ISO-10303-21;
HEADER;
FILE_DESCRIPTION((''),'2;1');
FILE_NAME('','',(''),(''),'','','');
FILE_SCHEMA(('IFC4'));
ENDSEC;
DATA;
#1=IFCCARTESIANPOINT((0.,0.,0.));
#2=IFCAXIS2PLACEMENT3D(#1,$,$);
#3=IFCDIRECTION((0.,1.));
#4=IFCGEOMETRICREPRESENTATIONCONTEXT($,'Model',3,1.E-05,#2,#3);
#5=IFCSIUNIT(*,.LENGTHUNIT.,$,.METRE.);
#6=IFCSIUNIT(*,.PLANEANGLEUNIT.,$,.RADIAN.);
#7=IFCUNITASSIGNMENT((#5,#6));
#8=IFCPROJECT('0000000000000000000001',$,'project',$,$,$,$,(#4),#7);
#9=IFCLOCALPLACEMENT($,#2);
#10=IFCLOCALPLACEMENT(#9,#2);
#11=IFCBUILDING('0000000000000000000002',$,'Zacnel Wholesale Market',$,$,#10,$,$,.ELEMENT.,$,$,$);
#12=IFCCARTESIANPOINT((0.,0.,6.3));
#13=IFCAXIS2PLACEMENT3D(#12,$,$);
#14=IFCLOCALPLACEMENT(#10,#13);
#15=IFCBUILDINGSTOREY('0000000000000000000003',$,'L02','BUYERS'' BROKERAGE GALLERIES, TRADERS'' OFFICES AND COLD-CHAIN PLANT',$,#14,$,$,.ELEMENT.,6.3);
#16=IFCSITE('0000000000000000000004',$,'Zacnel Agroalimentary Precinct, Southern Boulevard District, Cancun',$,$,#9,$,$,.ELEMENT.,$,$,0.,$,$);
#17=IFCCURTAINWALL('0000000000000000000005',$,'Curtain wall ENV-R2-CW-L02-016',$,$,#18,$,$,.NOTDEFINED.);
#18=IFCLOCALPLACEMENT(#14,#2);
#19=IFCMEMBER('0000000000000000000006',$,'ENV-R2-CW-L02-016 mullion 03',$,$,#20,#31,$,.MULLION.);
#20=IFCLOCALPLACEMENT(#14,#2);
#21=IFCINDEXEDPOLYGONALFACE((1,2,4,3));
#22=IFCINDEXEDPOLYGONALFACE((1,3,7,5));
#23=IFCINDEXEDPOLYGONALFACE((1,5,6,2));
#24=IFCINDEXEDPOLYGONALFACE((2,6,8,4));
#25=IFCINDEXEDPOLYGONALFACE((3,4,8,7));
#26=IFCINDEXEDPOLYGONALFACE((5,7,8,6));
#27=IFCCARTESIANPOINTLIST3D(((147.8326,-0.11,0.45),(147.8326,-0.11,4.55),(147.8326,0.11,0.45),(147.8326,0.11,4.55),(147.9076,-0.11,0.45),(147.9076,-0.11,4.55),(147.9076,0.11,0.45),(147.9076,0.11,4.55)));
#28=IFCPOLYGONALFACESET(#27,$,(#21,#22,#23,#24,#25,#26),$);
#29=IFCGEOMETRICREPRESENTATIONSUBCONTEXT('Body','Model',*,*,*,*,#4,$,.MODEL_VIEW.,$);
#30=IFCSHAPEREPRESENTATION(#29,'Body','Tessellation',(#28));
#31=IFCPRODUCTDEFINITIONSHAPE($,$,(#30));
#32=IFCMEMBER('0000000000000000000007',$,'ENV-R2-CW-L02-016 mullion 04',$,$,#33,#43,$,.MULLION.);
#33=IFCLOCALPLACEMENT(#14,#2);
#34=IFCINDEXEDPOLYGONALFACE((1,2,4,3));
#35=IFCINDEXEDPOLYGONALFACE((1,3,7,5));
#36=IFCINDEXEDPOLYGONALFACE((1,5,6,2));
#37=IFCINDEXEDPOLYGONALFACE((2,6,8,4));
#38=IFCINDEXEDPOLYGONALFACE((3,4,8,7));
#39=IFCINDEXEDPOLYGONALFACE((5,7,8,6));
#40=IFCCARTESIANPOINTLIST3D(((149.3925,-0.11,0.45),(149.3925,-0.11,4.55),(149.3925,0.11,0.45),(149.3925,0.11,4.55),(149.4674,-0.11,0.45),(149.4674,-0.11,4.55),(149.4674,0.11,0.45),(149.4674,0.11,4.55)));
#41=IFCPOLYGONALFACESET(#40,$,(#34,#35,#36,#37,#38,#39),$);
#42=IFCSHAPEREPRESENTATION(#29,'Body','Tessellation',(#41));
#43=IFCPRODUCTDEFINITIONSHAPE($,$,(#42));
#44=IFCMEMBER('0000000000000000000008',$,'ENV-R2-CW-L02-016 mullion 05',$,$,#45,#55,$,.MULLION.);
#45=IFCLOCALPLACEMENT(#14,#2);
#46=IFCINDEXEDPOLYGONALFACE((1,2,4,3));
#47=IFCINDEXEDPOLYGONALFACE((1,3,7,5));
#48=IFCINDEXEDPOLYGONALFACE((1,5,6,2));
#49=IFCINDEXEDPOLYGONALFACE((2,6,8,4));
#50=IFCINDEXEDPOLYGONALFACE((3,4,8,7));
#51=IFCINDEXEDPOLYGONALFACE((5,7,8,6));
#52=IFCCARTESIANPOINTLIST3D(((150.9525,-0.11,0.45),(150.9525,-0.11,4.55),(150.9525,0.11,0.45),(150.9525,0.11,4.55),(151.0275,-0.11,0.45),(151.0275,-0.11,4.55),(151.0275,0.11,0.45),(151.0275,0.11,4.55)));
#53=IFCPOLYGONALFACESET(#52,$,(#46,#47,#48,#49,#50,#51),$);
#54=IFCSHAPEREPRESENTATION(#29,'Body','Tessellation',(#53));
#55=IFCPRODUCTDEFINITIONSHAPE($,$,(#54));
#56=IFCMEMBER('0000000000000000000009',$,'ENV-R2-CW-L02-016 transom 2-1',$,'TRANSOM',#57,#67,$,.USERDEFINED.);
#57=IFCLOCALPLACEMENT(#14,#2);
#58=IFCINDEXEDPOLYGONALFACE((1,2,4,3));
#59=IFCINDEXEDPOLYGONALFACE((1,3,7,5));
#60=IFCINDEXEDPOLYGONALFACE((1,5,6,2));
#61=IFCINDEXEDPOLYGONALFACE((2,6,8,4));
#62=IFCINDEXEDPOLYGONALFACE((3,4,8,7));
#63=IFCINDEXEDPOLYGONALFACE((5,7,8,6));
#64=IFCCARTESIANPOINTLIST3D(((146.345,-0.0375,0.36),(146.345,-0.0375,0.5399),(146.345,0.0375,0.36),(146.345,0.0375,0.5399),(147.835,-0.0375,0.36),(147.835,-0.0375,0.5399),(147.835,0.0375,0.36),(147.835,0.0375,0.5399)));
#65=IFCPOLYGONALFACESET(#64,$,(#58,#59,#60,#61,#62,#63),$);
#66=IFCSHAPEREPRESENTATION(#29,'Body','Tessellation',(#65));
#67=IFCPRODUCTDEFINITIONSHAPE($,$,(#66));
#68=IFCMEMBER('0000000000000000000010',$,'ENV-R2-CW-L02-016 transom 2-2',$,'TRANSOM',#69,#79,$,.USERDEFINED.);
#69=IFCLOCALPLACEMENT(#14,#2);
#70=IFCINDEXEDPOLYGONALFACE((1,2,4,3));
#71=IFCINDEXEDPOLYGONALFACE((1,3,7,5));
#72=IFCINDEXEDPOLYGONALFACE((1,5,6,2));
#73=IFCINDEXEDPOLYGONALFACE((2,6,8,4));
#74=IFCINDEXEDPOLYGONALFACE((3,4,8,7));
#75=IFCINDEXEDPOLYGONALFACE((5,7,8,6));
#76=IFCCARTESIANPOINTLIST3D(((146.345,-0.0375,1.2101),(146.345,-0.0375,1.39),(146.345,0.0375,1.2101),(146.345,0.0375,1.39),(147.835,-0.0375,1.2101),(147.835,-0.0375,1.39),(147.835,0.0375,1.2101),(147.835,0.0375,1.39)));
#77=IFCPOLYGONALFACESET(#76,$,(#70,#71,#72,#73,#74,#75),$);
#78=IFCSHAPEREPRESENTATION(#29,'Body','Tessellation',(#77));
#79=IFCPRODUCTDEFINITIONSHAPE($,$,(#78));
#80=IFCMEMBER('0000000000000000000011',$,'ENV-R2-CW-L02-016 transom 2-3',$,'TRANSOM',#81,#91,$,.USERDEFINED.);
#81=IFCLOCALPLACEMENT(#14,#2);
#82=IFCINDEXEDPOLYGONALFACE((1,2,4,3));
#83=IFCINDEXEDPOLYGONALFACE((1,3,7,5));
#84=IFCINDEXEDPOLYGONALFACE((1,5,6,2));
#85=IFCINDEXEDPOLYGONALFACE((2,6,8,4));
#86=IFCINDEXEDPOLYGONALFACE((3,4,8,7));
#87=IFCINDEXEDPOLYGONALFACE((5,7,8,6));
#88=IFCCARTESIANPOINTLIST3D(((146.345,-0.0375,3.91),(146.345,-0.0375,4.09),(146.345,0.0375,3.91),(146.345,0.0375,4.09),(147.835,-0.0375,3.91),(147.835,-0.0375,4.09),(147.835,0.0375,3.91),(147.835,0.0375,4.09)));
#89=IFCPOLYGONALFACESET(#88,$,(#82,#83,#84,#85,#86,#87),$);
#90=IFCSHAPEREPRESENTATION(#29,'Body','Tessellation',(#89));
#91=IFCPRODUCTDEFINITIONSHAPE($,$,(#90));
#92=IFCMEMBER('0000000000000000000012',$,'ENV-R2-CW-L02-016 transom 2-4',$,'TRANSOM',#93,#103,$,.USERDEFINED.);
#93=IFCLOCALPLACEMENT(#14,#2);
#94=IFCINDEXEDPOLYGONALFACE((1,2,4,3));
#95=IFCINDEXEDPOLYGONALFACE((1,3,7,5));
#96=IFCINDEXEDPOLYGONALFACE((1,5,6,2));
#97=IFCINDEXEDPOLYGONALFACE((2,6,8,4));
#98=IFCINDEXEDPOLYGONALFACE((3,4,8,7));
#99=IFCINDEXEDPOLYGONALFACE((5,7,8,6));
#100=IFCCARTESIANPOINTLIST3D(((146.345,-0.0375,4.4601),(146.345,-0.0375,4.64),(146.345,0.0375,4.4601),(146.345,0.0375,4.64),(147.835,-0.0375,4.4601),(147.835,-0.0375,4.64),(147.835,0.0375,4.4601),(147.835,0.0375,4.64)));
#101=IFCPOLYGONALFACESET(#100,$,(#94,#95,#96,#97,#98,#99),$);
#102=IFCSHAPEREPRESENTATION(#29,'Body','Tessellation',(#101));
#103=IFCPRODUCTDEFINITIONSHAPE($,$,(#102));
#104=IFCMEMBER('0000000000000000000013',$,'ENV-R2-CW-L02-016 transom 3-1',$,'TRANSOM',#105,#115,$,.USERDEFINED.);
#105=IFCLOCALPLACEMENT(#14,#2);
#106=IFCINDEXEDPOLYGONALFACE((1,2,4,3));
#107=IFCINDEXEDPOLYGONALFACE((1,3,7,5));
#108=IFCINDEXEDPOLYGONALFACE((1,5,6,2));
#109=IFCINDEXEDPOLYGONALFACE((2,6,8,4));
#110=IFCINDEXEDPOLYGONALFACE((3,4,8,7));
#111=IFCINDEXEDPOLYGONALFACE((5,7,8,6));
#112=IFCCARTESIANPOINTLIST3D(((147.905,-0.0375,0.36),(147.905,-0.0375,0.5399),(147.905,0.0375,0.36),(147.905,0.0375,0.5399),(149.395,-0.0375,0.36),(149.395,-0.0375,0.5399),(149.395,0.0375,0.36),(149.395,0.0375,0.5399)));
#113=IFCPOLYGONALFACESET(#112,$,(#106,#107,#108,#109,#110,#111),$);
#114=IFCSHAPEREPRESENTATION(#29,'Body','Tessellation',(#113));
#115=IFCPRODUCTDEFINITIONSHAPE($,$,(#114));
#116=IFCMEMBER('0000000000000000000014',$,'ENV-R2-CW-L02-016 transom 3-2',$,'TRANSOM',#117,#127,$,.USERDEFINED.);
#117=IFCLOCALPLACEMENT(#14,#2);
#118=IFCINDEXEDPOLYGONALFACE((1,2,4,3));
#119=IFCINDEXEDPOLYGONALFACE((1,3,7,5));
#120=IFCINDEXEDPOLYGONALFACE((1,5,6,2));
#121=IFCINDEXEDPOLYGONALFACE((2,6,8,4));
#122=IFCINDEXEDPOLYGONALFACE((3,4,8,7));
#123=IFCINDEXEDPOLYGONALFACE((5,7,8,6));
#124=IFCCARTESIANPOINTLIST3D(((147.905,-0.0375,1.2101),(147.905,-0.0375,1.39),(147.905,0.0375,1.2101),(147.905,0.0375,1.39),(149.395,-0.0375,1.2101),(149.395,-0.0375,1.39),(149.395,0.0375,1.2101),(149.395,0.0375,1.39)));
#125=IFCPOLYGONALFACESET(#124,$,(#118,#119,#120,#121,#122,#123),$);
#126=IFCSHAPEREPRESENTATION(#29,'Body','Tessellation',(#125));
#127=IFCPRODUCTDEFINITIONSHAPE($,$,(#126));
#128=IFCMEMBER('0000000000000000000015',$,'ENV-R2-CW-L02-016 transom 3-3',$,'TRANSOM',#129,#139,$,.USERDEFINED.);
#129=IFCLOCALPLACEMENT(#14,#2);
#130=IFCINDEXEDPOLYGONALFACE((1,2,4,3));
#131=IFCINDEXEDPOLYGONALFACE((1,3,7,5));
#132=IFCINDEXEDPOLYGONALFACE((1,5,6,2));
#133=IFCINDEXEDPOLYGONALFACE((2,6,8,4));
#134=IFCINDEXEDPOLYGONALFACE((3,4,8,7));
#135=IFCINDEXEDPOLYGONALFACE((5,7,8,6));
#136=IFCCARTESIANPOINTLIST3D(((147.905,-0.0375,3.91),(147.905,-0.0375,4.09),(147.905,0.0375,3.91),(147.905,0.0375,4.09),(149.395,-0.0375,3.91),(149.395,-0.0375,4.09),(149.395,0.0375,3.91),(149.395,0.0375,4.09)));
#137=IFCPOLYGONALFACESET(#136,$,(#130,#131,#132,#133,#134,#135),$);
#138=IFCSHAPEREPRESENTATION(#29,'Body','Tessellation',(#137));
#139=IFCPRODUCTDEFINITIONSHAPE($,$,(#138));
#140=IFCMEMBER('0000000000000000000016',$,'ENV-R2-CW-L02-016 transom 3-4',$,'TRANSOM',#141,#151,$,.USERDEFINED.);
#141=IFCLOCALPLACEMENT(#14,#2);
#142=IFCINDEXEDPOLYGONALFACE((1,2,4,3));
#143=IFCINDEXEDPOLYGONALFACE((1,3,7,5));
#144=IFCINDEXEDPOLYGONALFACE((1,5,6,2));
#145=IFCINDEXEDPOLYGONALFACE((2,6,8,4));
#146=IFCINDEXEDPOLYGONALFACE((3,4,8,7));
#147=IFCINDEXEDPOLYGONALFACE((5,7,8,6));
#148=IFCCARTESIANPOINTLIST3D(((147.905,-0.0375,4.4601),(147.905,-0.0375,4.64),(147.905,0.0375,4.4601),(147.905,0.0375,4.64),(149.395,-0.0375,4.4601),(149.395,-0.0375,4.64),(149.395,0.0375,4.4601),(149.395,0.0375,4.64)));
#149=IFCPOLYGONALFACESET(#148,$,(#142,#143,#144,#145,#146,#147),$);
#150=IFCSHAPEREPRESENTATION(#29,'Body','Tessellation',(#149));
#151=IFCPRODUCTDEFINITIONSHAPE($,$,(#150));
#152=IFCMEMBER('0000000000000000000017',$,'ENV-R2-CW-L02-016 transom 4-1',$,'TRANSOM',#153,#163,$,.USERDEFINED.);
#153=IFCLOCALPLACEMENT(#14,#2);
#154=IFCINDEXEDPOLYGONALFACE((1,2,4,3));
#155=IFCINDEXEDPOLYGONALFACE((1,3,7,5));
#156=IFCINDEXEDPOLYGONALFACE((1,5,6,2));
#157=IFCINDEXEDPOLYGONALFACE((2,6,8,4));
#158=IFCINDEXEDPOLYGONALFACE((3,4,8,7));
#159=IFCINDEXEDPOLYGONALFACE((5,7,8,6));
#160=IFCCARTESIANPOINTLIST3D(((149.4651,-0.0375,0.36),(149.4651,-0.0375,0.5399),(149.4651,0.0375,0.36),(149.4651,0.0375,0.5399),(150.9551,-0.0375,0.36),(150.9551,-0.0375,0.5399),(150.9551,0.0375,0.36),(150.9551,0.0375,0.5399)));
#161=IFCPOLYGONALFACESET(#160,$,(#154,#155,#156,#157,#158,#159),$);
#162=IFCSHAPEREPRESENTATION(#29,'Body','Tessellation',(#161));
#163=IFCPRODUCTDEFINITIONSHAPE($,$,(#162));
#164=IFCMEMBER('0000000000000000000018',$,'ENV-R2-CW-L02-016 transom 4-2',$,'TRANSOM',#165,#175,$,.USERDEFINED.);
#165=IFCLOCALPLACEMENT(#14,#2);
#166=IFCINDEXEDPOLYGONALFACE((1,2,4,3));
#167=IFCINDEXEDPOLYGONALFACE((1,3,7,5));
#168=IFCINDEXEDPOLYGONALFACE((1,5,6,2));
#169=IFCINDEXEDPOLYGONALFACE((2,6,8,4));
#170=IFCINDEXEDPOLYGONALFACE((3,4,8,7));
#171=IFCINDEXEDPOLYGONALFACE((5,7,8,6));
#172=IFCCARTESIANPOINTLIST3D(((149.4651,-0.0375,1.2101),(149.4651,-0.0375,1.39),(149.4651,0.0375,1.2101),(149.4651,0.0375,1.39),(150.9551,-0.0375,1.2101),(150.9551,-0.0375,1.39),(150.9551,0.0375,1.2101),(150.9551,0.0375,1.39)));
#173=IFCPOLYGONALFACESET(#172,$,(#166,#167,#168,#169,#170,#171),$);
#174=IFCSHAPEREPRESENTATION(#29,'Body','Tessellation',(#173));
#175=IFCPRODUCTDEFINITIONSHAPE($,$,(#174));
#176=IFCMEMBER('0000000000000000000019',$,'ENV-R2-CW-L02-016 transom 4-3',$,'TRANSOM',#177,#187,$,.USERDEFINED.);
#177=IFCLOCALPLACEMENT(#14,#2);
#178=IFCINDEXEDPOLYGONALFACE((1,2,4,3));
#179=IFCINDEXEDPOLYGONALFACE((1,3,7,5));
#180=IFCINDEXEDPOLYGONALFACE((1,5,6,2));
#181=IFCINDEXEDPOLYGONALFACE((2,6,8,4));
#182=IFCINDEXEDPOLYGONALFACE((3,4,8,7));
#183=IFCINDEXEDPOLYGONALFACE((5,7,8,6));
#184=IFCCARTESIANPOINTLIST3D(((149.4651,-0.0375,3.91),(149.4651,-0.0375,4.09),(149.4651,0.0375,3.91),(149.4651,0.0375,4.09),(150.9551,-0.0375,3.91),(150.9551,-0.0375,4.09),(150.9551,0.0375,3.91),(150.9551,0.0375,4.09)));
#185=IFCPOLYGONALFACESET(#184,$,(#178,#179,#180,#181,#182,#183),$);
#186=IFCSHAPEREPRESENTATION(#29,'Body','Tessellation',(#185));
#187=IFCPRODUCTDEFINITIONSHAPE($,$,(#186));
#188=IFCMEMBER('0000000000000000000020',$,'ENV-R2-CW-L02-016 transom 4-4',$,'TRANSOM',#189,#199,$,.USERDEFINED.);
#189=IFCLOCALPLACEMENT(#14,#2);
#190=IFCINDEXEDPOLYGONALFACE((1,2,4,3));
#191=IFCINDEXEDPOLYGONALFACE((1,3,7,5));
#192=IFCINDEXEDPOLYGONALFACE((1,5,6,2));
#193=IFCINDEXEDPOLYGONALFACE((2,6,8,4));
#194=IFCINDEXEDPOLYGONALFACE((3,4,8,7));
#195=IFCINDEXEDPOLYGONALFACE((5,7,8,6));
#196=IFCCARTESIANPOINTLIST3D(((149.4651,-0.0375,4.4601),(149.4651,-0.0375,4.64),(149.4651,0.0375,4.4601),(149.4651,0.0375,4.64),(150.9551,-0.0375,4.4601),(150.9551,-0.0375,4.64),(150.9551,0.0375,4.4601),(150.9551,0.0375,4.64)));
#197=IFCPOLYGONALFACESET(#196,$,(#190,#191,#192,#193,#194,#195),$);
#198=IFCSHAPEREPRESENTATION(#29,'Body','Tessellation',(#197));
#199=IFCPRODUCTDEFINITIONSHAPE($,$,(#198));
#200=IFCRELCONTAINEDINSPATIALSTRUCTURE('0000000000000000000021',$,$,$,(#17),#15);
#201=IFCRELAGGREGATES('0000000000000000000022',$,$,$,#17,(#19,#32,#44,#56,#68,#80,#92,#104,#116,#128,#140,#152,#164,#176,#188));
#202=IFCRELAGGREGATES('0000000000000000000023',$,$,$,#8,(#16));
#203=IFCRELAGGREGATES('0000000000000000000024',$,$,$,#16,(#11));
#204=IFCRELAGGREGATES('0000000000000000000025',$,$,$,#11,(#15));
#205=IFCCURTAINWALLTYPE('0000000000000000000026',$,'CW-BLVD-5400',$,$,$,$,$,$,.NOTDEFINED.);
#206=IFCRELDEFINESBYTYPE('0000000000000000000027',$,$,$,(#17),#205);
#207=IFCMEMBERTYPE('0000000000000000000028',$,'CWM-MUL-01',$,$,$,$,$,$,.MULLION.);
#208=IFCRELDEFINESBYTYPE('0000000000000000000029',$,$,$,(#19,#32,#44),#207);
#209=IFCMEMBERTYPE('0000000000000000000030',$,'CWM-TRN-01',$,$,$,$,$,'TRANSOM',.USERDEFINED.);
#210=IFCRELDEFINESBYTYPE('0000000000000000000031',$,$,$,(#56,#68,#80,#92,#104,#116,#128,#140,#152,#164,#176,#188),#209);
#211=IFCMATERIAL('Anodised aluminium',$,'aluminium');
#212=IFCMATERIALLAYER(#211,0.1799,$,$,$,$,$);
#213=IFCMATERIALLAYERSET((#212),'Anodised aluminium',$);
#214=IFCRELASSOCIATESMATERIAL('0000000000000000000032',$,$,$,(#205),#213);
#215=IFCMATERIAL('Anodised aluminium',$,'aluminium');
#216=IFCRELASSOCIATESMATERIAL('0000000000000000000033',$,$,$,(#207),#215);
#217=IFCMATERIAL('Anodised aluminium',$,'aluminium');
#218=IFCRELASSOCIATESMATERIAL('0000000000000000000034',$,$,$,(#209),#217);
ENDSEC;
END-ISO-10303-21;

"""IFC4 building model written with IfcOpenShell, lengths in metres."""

from ifc_helpers import new_model, si_unit, direction, frame, origin, origin_2d, place, context, subcontext, project, spatial, rectangle, extrude, material, layer, layer_set, material_profile, profile_set, type_object, element, aggregate, save


model = new_model("IFC4")

# Units and contexts
model_context = context("Model", 3, precision=1e-05, world=origin(), true_north=direction((0.0, 1.0)))
body_context = subcontext(model_context, "Body", "Model", "MODEL_VIEW")
ifc_project = project(units=[si_unit("LENGTHUNIT", "METRE"), si_unit("PLANEANGLEUNIT", "RADIAN")], contexts=[model_context])

# Site, building, storey
site_placement = place(None, origin())
site = spatial("IfcSite", under=ifc_project, at=site_placement, Name="Zacnel Agroalimentary Precinct, Southern Boulevard District, Cancun", CompositionType="ELEMENT", RefElevation=0.0)
building_placement = place(site_placement, origin())
building = spatial("IfcBuilding", under=site, at=building_placement, Name="Zacnel Wholesale Market", CompositionType="ELEMENT")
storey_placement = place(building_placement, frame((0.0, 0.0, 6.3)))
storey = spatial("IfcBuildingStorey", under=building, at=storey_placement, Name="L02", Description="BUYERS' BROKERAGE GALLERIES, TRADERS' OFFICES AND COLD-CHAIN PLANT", CompositionType="ELEMENT", Elevation=6.3)

# Curtain wall, members
ifc_material_1 = material(Name="Anodised aluminium", Category="aluminium")
ifc_layer_1 = layer(ifc_material_1, 0.1799)
ifc_layer_set_1 = layer_set([ifc_layer_1], Name="Anodised aluminium")
curtain_wall_type = type_object("IfcCurtainWallType", Name="CW-BLVD-5400", PredefinedType="NOTDEFINED", material=ifc_layer_set_1)
curtain_wall_placement = place(storey_placement, origin())
curtain_wall = element("IfcCurtainWall", 1, at=curtain_wall_placement, inside=storey, type_object=curtain_wall_type, Name="Curtain wall ENV-R2-CW-L02-016", PredefinedType="NOTDEFINED")
ifc_material_2 = material(Name="Anodised aluminium", Category="aluminium")
ifc_material_profile_1 = material_profile(ifc_material_2, rectangle(XDim=0.075, YDim=0.22, at=origin_2d()), Name="AW-MULLION 75x220")
ifc_profile_set_1 = profile_set([ifc_material_profile_1], Name="Anodised aluminium")
member_type_1 = type_object("IfcMemberType", Name="CWM-MUL-01", PredefinedType="MULLION", material=ifc_profile_set_1)
member_1_placement = place(storey_placement, frame((147.8701, 0.0, 0.45), z_axis=(0.0, 0.0, 1.0), x_axis=(1.0, 0.0, 0.0)))
member_1 = element("IfcMember", 2, at=member_1_placement, type_object=member_type_1, Name="ENV-R2-CW-L02-016 mullion 03", PredefinedType="MULLION", context=body_context, shape_type="SweptSolid", body=[
    extrude(rectangle(XDim=0.075, YDim=0.22, at=origin_2d()), origin(), (0.0, 0.0, 1.0), 4.1001),
])
member_2_placement = place(storey_placement, frame((149.4299, 0.0, 0.45), z_axis=(0.0, 0.0, 1.0), x_axis=(1.0, 0.0, 0.0)))
member_2 = element("IfcMember", 3, at=member_2_placement, type_object=member_type_1, Name="ENV-R2-CW-L02-016 mullion 04", PredefinedType="MULLION", context=body_context, shape_type="SweptSolid", body=[
    extrude(rectangle(XDim=0.075, YDim=0.22, at=origin_2d()), origin(), (0.0, 0.0, 1.0), 4.1001),
])
member_3_placement = place(storey_placement, frame((150.99, 0.0, 0.45), z_axis=(0.0, 0.0, 1.0), x_axis=(1.0, 0.0, 0.0)))
member_3 = element("IfcMember", 4, at=member_3_placement, type_object=member_type_1, Name="ENV-R2-CW-L02-016 mullion 05", PredefinedType="MULLION", context=body_context, shape_type="SweptSolid", body=[
    extrude(rectangle(XDim=0.075, YDim=0.22, at=origin_2d()), origin(), (0.0, 0.0, 1.0), 4.1001),
])
ifc_material_3 = material(Name="Anodised aluminium", Category="aluminium")
ifc_material_profile_2 = material_profile(ifc_material_3, rectangle(XDim=0.075, YDim=0.1799, at=origin_2d()), Name="AW-TRANSOM 75x180")
ifc_profile_set_2 = profile_set([ifc_material_profile_2], Name="Anodised aluminium")
member_type_2 = type_object("IfcMemberType", Name="CWM-TRN-01", ElementType="TRANSOM", PredefinedType="USERDEFINED", material=ifc_profile_set_2)
member_4_placement = place(storey_placement, frame((146.345, 0.0, 0.45), z_axis=(1.0, 0.0, 0.0), x_axis=(0.0, 1.0, 0.0)))
member_4 = element("IfcMember", 5, at=member_4_placement, type_object=member_type_2, Name="ENV-R2-CW-L02-016 transom 2-1", ObjectType="TRANSOM", PredefinedType="USERDEFINED", context=body_context, shape_type="SweptSolid", body=[
    extrude(rectangle(XDim=0.075, YDim=0.1799, at=origin_2d()), origin(), (0.0, 0.0, 1.0), 1.49),
])
member_5_placement = place(storey_placement, frame((146.345, 0.0, 1.3), z_axis=(1.0, 0.0, 0.0), x_axis=(0.0, 1.0, 0.0)))
member_5 = element("IfcMember", 6, at=member_5_placement, type_object=member_type_2, Name="ENV-R2-CW-L02-016 transom 2-2", ObjectType="TRANSOM", PredefinedType="USERDEFINED", context=body_context, shape_type="SweptSolid", body=[
    extrude(rectangle(XDim=0.075, YDim=0.1799, at=origin_2d()), origin(), (0.0, 0.0, 1.0), 1.49),
])
member_6_placement = place(storey_placement, frame((146.345, 0.0, 4.0), z_axis=(1.0, 0.0, 0.0), x_axis=(0.0, 1.0, 0.0)))
member_6 = element("IfcMember", 7, at=member_6_placement, type_object=member_type_2, Name="ENV-R2-CW-L02-016 transom 2-3", ObjectType="TRANSOM", PredefinedType="USERDEFINED", context=body_context, shape_type="SweptSolid", body=[
    extrude(rectangle(XDim=0.075, YDim=0.1799, at=origin_2d()), origin(), (0.0, 0.0, 1.0), 1.49),
])
member_7_placement = place(storey_placement, frame((146.345, 0.0, 4.55), z_axis=(1.0, 0.0, 0.0), x_axis=(0.0, 1.0, 0.0)))
member_7 = element("IfcMember", 8, at=member_7_placement, type_object=member_type_2, Name="ENV-R2-CW-L02-016 transom 2-4", ObjectType="TRANSOM", PredefinedType="USERDEFINED", context=body_context, shape_type="SweptSolid", body=[
    extrude(rectangle(XDim=0.075, YDim=0.1799, at=origin_2d()), origin(), (0.0, 0.0, 1.0), 1.49),
])
member_8_placement = place(storey_placement, frame((147.905, 0.0, 0.45), z_axis=(1.0, 0.0, 0.0), x_axis=(0.0, 1.0, 0.0)))
member_8 = element("IfcMember", 9, at=member_8_placement, type_object=member_type_2, Name="ENV-R2-CW-L02-016 transom 3-1", ObjectType="TRANSOM", PredefinedType="USERDEFINED", context=body_context, shape_type="SweptSolid", body=[
    extrude(rectangle(XDim=0.075, YDim=0.1799, at=origin_2d()), origin(), (0.0, 0.0, 1.0), 1.49),
])
member_9_placement = place(storey_placement, frame((147.905, 0.0, 1.3), z_axis=(1.0, 0.0, 0.0), x_axis=(0.0, 1.0, 0.0)))
member_9 = element("IfcMember", 10, at=member_9_placement, type_object=member_type_2, Name="ENV-R2-CW-L02-016 transom 3-2", ObjectType="TRANSOM", PredefinedType="USERDEFINED", context=body_context, shape_type="SweptSolid", body=[
    extrude(rectangle(XDim=0.075, YDim=0.1799, at=origin_2d()), origin(), (0.0, 0.0, 1.0), 1.49),
])
member_10_placement = place(storey_placement, frame((147.905, 0.0, 4.0), z_axis=(1.0, 0.0, 0.0), x_axis=(0.0, 1.0, 0.0)))
member_10 = element("IfcMember", 11, at=member_10_placement, type_object=member_type_2, Name="ENV-R2-CW-L02-016 transom 3-3", ObjectType="TRANSOM", PredefinedType="USERDEFINED", context=body_context, shape_type="SweptSolid", body=[
    extrude(rectangle(XDim=0.075, YDim=0.1799, at=origin_2d()), origin(), (0.0, 0.0, 1.0), 1.49),
])
member_11_placement = place(storey_placement, frame((147.905, 0.0, 4.55), z_axis=(1.0, 0.0, 0.0), x_axis=(0.0, 1.0, 0.0)))
member_11 = element("IfcMember", 12, at=member_11_placement, type_object=member_type_2, Name="ENV-R2-CW-L02-016 transom 3-4", ObjectType="TRANSOM", PredefinedType="USERDEFINED", context=body_context, shape_type="SweptSolid", body=[
    extrude(rectangle(XDim=0.075, YDim=0.1799, at=origin_2d()), origin(), (0.0, 0.0, 1.0), 1.49),
])
member_12_placement = place(storey_placement, frame((149.4651, 0.0, 0.45), z_axis=(1.0, 0.0, 0.0), x_axis=(0.0, 1.0, 0.0)))
member_12 = element("IfcMember", 13, at=member_12_placement, type_object=member_type_2, Name="ENV-R2-CW-L02-016 transom 4-1", ObjectType="TRANSOM", PredefinedType="USERDEFINED", context=body_context, shape_type="SweptSolid", body=[
    extrude(rectangle(XDim=0.075, YDim=0.1799, at=origin_2d()), origin(), (0.0, 0.0, 1.0), 1.49),
])
member_13_placement = place(storey_placement, frame((149.4651, 0.0, 1.3), z_axis=(1.0, 0.0, 0.0), x_axis=(0.0, 1.0, 0.0)))
member_13 = element("IfcMember", 14, at=member_13_placement, type_object=member_type_2, Name="ENV-R2-CW-L02-016 transom 4-2", ObjectType="TRANSOM", PredefinedType="USERDEFINED", context=body_context, shape_type="SweptSolid", body=[
    extrude(rectangle(XDim=0.075, YDim=0.1799, at=origin_2d()), origin(), (0.0, 0.0, 1.0), 1.49),
])
member_14_placement = place(storey_placement, frame((149.4651, 0.0, 4.0), z_axis=(1.0, 0.0, 0.0), x_axis=(0.0, 1.0, 0.0)))
member_14 = element("IfcMember", 15, at=member_14_placement, type_object=member_type_2, Name="ENV-R2-CW-L02-016 transom 4-3", ObjectType="TRANSOM", PredefinedType="USERDEFINED", context=body_context, shape_type="SweptSolid", body=[
    extrude(rectangle(XDim=0.075, YDim=0.1799, at=origin_2d()), origin(), (0.0, 0.0, 1.0), 1.49),
])
member_15_placement = place(storey_placement, frame((149.4651, 0.0, 4.55), z_axis=(1.0, 0.0, 0.0), x_axis=(0.0, 1.0, 0.0)))
member_15 = element("IfcMember", 16, at=member_15_placement, type_object=member_type_2, Name="ENV-R2-CW-L02-016 transom 4-4", ObjectType="TRANSOM", PredefinedType="USERDEFINED", context=body_context, shape_type="SweptSolid", body=[
    extrude(rectangle(XDim=0.075, YDim=0.1799, at=origin_2d()), origin(), (0.0, 0.0, 1.0), 1.49),
])
aggregate(curtain_wall, [member_1, member_2, member_3, member_4, member_5, member_6, member_7, member_8, member_9, member_10, member_11, member_12, member_13, member_14, member_15])

save(model, "model.ifc")
